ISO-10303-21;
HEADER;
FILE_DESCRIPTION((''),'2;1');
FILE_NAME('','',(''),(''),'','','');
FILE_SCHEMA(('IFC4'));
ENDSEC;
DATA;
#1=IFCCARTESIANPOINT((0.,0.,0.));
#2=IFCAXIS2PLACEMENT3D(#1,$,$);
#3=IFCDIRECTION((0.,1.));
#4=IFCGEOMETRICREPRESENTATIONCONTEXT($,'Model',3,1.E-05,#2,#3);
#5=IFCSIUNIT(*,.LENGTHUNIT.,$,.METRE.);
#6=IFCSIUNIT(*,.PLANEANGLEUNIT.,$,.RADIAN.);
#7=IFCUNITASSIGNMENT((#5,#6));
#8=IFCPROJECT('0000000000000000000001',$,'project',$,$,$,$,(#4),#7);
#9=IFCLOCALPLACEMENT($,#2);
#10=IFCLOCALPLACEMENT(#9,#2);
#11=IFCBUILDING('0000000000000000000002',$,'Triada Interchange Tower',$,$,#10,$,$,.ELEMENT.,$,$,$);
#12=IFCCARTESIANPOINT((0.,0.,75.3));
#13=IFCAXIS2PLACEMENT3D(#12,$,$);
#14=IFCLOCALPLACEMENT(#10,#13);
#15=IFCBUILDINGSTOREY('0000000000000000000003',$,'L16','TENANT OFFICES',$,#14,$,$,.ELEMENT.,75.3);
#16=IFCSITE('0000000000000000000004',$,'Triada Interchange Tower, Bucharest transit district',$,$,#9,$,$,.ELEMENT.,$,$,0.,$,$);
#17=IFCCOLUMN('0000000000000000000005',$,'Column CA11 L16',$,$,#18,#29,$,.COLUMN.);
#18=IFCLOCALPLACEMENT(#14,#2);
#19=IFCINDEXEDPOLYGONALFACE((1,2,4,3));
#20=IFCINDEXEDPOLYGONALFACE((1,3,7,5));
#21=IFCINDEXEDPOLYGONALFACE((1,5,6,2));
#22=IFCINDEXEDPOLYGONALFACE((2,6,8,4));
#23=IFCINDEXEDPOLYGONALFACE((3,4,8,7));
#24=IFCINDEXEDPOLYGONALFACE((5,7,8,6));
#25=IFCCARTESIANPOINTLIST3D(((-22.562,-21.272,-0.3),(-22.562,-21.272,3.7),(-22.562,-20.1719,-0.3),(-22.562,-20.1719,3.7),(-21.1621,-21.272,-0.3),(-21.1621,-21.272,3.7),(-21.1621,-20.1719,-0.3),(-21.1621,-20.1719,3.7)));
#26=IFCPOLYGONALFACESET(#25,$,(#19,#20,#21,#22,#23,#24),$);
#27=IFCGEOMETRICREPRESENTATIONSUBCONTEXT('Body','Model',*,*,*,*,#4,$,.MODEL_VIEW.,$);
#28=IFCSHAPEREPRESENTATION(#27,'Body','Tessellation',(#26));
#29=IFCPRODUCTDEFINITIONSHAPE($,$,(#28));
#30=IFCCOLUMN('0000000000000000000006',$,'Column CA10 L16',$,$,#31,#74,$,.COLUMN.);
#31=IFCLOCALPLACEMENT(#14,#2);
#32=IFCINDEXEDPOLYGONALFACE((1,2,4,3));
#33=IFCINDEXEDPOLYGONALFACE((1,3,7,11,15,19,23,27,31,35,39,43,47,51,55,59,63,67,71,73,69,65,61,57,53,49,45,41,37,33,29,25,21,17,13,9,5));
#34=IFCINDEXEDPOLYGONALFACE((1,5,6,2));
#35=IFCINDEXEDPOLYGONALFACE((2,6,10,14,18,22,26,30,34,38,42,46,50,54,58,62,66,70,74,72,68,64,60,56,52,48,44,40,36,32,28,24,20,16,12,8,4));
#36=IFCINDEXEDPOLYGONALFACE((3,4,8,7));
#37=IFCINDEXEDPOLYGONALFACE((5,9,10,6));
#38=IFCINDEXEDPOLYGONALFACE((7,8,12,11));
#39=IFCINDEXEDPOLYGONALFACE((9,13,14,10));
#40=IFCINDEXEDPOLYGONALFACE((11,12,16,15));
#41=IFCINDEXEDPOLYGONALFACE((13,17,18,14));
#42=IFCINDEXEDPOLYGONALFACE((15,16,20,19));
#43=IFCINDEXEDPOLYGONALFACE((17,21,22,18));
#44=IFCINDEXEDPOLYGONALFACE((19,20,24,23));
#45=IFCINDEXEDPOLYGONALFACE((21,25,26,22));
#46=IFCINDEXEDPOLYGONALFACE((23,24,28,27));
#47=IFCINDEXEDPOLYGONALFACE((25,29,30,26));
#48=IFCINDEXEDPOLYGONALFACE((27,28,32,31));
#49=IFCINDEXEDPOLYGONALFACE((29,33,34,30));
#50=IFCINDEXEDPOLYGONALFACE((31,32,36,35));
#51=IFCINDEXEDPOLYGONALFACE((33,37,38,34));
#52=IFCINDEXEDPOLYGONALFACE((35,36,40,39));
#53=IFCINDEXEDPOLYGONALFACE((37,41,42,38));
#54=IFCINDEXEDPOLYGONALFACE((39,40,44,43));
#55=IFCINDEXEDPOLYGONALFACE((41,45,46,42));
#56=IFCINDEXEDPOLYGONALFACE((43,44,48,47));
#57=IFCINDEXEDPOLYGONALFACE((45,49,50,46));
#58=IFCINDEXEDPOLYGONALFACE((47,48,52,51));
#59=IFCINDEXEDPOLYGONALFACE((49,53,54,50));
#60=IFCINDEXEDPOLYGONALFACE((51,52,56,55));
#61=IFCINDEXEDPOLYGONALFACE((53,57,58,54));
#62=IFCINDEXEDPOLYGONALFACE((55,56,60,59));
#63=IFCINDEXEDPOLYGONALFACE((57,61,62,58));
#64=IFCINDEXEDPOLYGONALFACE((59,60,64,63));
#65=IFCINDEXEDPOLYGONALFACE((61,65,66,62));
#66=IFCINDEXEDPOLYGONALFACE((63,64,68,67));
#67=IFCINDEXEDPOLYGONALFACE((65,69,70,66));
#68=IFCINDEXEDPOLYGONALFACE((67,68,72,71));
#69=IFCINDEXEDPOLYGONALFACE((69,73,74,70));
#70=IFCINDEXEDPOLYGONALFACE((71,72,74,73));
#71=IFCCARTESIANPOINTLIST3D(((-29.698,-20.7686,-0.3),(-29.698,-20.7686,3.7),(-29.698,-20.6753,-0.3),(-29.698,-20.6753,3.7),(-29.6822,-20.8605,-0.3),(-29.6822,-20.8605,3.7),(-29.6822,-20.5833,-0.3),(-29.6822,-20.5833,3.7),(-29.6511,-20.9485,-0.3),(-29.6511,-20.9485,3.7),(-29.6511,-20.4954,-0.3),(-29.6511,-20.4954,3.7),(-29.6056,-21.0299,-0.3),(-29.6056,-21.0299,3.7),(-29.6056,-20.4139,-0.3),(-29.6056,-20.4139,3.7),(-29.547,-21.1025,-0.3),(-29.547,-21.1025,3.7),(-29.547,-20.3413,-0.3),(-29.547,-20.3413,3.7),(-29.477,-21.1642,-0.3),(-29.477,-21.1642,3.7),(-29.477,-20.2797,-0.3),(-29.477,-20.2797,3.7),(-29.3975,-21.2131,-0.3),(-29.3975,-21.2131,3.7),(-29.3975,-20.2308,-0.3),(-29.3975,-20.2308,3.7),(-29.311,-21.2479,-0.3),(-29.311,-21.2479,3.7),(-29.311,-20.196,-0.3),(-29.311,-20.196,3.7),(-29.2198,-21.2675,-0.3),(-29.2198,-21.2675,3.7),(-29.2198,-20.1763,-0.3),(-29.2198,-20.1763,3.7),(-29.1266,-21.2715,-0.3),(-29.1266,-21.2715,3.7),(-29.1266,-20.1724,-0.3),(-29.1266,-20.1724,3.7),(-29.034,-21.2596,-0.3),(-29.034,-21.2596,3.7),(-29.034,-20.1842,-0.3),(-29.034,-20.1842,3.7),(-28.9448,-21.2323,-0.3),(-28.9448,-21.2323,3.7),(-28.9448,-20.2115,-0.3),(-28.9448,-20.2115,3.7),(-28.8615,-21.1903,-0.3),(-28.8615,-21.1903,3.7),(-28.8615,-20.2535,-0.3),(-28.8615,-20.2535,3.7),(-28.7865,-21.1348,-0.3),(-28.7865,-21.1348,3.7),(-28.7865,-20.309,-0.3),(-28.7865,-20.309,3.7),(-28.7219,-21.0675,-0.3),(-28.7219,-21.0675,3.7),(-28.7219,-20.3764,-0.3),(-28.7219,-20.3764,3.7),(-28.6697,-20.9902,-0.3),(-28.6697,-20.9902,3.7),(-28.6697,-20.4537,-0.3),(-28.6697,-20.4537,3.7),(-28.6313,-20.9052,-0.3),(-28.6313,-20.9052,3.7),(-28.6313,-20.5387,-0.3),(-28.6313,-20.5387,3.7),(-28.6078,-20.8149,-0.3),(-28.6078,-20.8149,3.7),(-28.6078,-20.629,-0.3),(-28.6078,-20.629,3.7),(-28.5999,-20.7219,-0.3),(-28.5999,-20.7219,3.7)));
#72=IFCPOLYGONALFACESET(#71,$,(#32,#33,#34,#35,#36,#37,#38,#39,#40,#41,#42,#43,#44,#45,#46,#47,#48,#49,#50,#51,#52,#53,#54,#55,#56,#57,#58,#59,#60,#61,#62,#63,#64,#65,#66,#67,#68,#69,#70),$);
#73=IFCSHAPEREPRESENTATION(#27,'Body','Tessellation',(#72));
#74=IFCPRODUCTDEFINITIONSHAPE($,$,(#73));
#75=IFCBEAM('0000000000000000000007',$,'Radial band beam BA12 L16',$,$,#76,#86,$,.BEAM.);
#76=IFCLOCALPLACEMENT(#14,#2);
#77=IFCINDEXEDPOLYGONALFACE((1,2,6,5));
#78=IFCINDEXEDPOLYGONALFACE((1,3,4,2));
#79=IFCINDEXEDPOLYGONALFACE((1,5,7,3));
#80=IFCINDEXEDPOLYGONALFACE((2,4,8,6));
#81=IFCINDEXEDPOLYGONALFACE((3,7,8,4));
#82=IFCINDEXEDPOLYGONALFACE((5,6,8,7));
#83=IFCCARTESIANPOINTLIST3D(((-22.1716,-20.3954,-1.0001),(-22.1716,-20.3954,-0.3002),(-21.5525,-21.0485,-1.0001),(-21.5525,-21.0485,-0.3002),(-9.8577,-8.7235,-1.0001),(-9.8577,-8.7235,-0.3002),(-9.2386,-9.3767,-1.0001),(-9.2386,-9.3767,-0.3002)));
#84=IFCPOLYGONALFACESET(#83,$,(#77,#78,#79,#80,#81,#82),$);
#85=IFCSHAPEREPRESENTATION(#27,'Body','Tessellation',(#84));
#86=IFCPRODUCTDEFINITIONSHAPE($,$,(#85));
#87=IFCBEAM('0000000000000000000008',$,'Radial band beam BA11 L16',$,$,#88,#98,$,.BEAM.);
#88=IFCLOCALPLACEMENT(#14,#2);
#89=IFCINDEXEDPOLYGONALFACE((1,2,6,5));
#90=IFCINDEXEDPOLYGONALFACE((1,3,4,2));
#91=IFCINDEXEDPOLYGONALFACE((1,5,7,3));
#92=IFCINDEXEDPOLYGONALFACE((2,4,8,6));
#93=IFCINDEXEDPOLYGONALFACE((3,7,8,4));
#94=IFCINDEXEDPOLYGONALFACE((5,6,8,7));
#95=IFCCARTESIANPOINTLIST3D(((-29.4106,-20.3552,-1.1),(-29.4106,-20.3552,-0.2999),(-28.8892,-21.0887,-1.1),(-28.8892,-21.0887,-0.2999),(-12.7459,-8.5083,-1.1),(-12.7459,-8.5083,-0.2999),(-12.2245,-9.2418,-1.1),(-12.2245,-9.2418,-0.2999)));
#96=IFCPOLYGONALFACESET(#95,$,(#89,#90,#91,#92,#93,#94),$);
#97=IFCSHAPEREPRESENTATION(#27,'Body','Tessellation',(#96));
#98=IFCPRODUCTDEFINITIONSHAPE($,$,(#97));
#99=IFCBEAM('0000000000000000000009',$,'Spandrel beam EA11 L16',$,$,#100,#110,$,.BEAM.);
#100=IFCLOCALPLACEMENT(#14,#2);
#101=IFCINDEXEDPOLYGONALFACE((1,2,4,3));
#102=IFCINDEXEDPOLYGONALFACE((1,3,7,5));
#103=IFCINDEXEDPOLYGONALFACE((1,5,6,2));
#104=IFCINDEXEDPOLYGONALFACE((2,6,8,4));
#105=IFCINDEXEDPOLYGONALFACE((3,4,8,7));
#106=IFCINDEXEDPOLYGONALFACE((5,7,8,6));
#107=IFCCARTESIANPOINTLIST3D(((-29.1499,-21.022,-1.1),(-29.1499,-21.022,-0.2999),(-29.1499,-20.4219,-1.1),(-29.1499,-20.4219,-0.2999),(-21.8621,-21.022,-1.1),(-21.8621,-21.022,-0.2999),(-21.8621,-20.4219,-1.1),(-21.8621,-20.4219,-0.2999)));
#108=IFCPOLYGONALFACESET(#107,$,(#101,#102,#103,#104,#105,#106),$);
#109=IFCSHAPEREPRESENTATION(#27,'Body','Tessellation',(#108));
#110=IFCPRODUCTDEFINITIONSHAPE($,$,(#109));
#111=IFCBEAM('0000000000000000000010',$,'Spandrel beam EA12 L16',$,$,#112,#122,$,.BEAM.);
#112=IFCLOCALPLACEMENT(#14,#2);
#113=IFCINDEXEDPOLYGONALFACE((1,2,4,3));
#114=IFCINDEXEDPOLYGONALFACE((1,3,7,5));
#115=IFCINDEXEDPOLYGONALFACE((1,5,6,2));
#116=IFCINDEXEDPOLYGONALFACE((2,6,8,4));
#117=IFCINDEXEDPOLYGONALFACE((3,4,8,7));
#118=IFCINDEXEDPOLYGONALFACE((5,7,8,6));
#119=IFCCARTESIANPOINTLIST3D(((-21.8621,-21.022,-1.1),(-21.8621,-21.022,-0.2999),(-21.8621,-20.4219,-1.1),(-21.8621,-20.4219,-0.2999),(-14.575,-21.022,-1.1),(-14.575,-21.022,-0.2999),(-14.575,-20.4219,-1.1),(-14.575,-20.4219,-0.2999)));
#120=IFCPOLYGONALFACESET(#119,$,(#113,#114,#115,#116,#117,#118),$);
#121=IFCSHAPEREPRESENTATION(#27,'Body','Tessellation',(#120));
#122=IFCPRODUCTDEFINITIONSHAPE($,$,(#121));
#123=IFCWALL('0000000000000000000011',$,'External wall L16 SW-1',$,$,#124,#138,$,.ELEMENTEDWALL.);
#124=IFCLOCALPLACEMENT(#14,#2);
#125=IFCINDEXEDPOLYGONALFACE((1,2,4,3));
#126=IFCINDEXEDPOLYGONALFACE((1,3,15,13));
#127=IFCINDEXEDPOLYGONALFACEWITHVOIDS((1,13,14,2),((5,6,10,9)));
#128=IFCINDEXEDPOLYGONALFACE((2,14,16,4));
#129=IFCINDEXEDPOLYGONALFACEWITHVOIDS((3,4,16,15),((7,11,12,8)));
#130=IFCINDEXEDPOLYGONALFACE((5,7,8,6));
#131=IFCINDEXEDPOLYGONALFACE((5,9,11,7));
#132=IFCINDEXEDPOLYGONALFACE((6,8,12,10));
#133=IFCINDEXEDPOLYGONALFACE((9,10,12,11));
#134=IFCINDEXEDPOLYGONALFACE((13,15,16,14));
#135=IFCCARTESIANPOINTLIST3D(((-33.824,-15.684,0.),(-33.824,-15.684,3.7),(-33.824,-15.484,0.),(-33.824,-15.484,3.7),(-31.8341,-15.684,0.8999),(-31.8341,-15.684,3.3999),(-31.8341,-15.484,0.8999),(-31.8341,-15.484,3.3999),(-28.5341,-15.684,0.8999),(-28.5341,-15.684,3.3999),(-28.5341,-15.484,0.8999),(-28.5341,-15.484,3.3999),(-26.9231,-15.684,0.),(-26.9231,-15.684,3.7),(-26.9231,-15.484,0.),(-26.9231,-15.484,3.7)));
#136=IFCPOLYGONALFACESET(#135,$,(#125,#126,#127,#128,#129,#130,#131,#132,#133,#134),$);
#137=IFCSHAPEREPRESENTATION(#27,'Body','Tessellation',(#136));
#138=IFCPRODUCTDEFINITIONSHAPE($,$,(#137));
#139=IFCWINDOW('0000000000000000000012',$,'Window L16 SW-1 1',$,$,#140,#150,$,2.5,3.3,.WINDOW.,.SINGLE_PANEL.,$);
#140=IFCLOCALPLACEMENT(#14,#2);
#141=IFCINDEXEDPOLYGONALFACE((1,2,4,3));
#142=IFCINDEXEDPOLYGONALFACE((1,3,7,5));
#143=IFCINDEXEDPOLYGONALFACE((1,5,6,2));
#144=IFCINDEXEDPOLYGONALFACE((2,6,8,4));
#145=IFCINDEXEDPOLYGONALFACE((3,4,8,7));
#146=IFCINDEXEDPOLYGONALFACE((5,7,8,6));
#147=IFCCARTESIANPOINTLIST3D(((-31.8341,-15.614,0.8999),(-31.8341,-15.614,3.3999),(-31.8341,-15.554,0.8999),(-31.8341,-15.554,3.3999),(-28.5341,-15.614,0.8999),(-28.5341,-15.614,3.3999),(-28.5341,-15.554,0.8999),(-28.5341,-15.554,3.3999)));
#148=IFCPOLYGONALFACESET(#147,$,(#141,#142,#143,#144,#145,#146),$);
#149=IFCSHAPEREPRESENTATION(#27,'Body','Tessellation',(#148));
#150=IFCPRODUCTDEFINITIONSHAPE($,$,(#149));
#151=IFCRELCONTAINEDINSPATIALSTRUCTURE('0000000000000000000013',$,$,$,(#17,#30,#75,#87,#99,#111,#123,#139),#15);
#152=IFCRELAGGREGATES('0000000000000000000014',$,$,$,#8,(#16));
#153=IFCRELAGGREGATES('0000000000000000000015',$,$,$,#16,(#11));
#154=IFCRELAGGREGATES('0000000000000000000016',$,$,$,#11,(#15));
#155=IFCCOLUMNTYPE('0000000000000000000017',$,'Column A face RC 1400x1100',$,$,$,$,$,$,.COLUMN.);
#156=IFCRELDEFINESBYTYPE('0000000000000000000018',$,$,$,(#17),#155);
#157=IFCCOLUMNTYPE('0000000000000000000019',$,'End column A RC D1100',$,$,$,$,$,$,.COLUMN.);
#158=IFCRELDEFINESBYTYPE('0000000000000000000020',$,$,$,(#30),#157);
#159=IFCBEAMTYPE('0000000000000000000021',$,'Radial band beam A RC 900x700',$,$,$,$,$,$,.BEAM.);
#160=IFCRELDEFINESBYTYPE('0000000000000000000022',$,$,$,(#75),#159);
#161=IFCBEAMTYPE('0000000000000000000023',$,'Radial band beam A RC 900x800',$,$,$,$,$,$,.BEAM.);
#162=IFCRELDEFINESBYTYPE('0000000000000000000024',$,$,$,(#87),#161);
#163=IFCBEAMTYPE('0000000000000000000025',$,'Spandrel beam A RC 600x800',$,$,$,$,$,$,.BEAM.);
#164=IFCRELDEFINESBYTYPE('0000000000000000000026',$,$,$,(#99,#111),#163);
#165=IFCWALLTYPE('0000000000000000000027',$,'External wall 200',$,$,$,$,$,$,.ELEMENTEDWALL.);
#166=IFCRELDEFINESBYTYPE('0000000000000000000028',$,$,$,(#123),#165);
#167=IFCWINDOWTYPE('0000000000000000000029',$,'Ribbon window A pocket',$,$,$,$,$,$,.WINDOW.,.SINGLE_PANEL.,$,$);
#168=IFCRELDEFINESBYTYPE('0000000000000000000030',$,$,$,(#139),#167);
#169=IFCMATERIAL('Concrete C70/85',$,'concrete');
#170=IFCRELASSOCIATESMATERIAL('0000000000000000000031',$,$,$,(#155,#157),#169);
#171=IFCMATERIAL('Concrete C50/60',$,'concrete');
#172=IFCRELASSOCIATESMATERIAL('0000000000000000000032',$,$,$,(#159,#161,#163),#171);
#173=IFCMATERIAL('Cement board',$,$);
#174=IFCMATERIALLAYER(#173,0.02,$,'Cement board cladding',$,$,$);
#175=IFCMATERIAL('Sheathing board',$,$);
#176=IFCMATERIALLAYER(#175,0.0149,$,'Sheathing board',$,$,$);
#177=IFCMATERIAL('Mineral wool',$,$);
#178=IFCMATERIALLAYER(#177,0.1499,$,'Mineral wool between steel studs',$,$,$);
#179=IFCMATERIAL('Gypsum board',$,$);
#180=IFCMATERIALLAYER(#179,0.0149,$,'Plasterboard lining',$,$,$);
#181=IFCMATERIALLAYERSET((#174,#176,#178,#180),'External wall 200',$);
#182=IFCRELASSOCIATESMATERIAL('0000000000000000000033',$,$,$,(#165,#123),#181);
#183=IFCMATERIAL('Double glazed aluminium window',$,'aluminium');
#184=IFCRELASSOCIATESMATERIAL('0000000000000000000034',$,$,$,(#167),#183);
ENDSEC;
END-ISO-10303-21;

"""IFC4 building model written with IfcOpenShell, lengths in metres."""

from ifc_helpers import new_model, si_unit, direction, frame, frame_2d, origin, origin_2d, place, context, subcontext, project, spatial, rectangle, circle, extrude, material, layer, layer_set, layer_usage, material_profile, profile_set, type_object, element, fill, save


model = new_model("IFC4")

# Units and contexts
model_context = context("Model", 3, precision=1e-05, world=origin(), true_north=direction((0.0, 1.0)))
body_context = subcontext(model_context, "Body", "Model", "MODEL_VIEW")
ifc_project = project(units=[si_unit("LENGTHUNIT", "METRE"), si_unit("PLANEANGLEUNIT", "RADIAN")], contexts=[model_context])

# Site, building, storey
site_placement = place(None, origin())
site = spatial("IfcSite", under=ifc_project, at=site_placement, Name="Triada Interchange Tower, Bucharest transit district", CompositionType="ELEMENT", RefElevation=0.0)
building_placement = place(site_placement, origin())
building = spatial("IfcBuilding", under=site, at=building_placement, Name="Triada Interchange Tower", CompositionType="ELEMENT")
storey_placement = place(building_placement, frame((0.0, 0.0, 75.3)))
storey = spatial("IfcBuildingStorey", under=building, at=storey_placement, Name="L16", Description="TENANT OFFICES", CompositionType="ELEMENT", Elevation=75.3)

# Columns
ifc_material_1 = material(Name="Concrete C70/85", Category="concrete")
ifc_material_profile_1 = material_profile(ifc_material_1, rectangle(XDim=1.3999, YDim=1.1001, at=origin_2d()), Name="RC 1400x1100")
ifc_profile_set_1 = profile_set([ifc_material_profile_1], Name="Concrete C70/85")
column_type_1 = type_object("IfcColumnType", Name="Column A face RC 1400x1100", PredefinedType="COLUMN", material=ifc_profile_set_1)
column_1_placement = place(storey_placement, frame((-21.8621, -20.7219, -0.3), z_axis=(0.0, 0.0, 1.0), x_axis=(1.0, 0.0, 0.0)))
element("IfcColumn", 1, at=column_1_placement, inside=storey, type_object=column_type_1, Name="Column CA11 L16", PredefinedType="COLUMN", context=body_context, shape_type="SweptSolid", body=[
    extrude(rectangle(XDim=1.3999, YDim=1.1001, at=origin_2d()), origin(), (0.0, 0.0, 1.0), 4.0),
])
ifc_material_profile_2 = material_profile(ifc_material_1, circle(Radius=0.55, at=origin_2d()), Name="RC D1100")
ifc_profile_set_2 = profile_set([ifc_material_profile_2], Name="Concrete C70/85")
column_type_2 = type_object("IfcColumnType", Name="End column A RC D1100", PredefinedType="COLUMN", material=ifc_profile_set_2)
column_2_placement = place(storey_placement, frame((-29.1499, -20.7219, -0.3), z_axis=(0.0, 0.0, 1.0), x_axis=(1.0, 0.0, 0.0)))
element("IfcColumn", 2, at=column_2_placement, inside=storey, type_object=column_type_2, Name="Column CA10 L16", PredefinedType="COLUMN", context=body_context, shape_type="SweptSolid", body=[
    extrude(circle(Radius=0.55, at=origin_2d()), origin(), (0.0, 0.0, 1.0), 4.0),
])

# Beams
ifc_material_2 = material(Name="Concrete C50/60", Category="concrete")
ifc_material_profile_3 = material_profile(ifc_material_2, rectangle(XDim=0.8999, YDim=0.7, at=origin_2d()), Name="RC 900x700")
ifc_profile_set_3 = profile_set([ifc_material_profile_3], Name="Concrete C50/60")
beam_type_1 = type_object("IfcBeamType", Name="Radial band beam A RC 900x700", PredefinedType="BEAM", material=ifc_profile_set_3)
beam_1_placement = place(storey_placement, frame((-21.8621, -20.7219, -0.6501), z_axis=(0.725776, 0.687931, 0.0), x_axis=(-0.687931, 0.725776, 0.0)))
element("IfcBeam", 3, at=beam_1_placement, inside=storey, type_object=beam_type_1, Name="Radial band beam BA12 L16", PredefinedType="BEAM", context=body_context, shape_type="SweptSolid", body=[
    extrude(rectangle(XDim=0.8999, YDim=0.7, at=origin_2d()), origin(), (0.0, 0.0, 1.0), 16.9666),
])
ifc_material_profile_4 = material_profile(ifc_material_2, rectangle(XDim=0.8999, YDim=0.8, at=origin_2d()), Name="RC 900x800")
ifc_profile_set_4 = profile_set([ifc_material_profile_4], Name="Concrete C50/60")
beam_type_2 = type_object("IfcBeamType", Name="Radial band beam A RC 900x800", PredefinedType="BEAM", material=ifc_profile_set_4)
beam_2_placement = place(storey_placement, frame((-29.1499, -20.7219, -0.7), z_axis=(0.815038, 0.579407, 0.0), x_axis=(-0.579407, 0.815038, 0.0)))
element("IfcBeam", 4, at=beam_2_placement, inside=storey, type_object=beam_type_2, Name="Radial band beam BA11 L16", PredefinedType="BEAM", context=body_context, shape_type="SweptSolid", body=[
    extrude(rectangle(XDim=0.8999, YDim=0.8, at=origin_2d()), origin(), (0.0, 0.0, 1.0), 20.4465),
])
ifc_material_profile_5 = material_profile(ifc_material_2, rectangle(XDim=0.6001, YDim=0.8, at=origin_2d()), Name="RC 600x800")
ifc_profile_set_5 = profile_set([ifc_material_profile_5], Name="Concrete C50/60")
beam_type_3 = type_object("IfcBeamType", Name="Spandrel beam A RC 600x800", PredefinedType="BEAM", material=ifc_profile_set_5)
beam_3_placement = place(storey_placement, frame((-29.1499, -20.7219, -0.7), z_axis=(1.0, 0.0, 0.0), x_axis=(0.0, 1.0, 0.0)))
element("IfcBeam", 5, at=beam_3_placement, inside=storey, type_object=beam_type_3, Name="Spandrel beam EA11 L16", PredefinedType="BEAM", context=body_context, shape_type="SweptSolid", body=[
    extrude(rectangle(XDim=0.6001, YDim=0.8, at=origin_2d()), origin(), (0.0, 0.0, 1.0), 7.2878),
])
beam_4_placement = place(storey_placement, frame((-21.8621, -20.7219, -0.7), z_axis=(1.0, 0.0, 0.0), x_axis=(0.0, 1.0, 0.0)))
element("IfcBeam", 6, at=beam_4_placement, inside=storey, type_object=beam_type_3, Name="Spandrel beam EA12 L16", PredefinedType="BEAM", context=body_context, shape_type="SweptSolid", body=[
    extrude(rectangle(XDim=0.6001, YDim=0.8, at=origin_2d()), origin(), (0.0, 0.0, 1.0), 7.2871),
])

# Wall, opening, window
ifc_material_3 = material(Name="Cement board")
ifc_layer_1 = layer(ifc_material_3, 0.02, Name="Cement board cladding")
ifc_material_4 = material(Name="Sheathing board")
ifc_layer_2 = layer(ifc_material_4, 0.0149, Name="Sheathing board")
ifc_material_5 = material(Name="Mineral wool")
ifc_layer_3 = layer(ifc_material_5, 0.1499, Name="Mineral wool between steel studs")
ifc_material_6 = material(Name="Gypsum board")
ifc_layer_4 = layer(ifc_material_6, 0.0149, Name="Plasterboard lining")
ifc_layer_set_1 = layer_set([ifc_layer_1, ifc_layer_2, ifc_layer_3, ifc_layer_4], Name="External wall 200")
ifc_layer_usage = layer_usage(ifc_layer_set_1, "AXIS2", "POSITIVE", -0.1001)
wall_type_1 = type_object("IfcWallType", Name="External wall 200", PredefinedType="ELEMENTEDWALL", material=ifc_layer_set_1)
wall_1_placement = place(storey_placement, frame((-33.824, -15.584, 0.0), z_axis=(0.0, 0.0, 1.0), x_axis=(1.0, 0.0, 0.0)))
wall_1 = element("IfcWall", 7, at=wall_1_placement, inside=storey, type_object=wall_type_1, material=ifc_layer_usage, Name="External wall L16 SW-1", PredefinedType="ELEMENTEDWALL", context=body_context, shape_type="SweptSolid", body=[
    extrude(rectangle(XDim=6.9009, YDim=0.2, at=frame_2d((3.4504, 0.0))), origin(), (0.0, 0.0, 1.0), 3.7),
])
opening_1_placement = place(wall_1_placement, frame((1.99, 0.0, 0.8999)))
opening_1 = element("IfcOpeningElement", 8, at=opening_1_placement, cuts=wall_1, PredefinedType="OPENING", context=body_context, shape_type="SweptSolid", body=[
    extrude(rectangle(XDim=3.3, YDim=2.5, at=frame_2d((1.6499, 1.25))), frame((0.0, 0.1099, 0.0), z_axis=(0.0, -1.0, 0.0), x_axis=(1.0, 0.0, 0.0)), (0.0, 0.0, 1.0), 0.22),
])
ifc_material_7 = material(Name="Double glazed aluminium window", Category="aluminium")
window_type_1 = type_object("IfcWindowType", Name="Ribbon window A pocket", PartitioningType="SINGLE_PANEL", PredefinedType="WINDOW", material=ifc_material_7)
window_1_placement = place(opening_1_placement, origin())
window_1 = element("IfcWindow", 9, at=window_1_placement, inside=storey, type_object=window_type_1, Name="Window L16 SW-1 1", OverallHeight=2.5, OverallWidth=3.3, PartitioningType="SINGLE_PANEL", PredefinedType="WINDOW", context=body_context, shape_type="SweptSolid", body=[
    extrude(rectangle(XDim=3.3, YDim=2.5, at=frame_2d((1.6499, 1.25))), frame((0.0, 0.03, 0.0), z_axis=(0.0, -1.0, 0.0), x_axis=(1.0, 0.0, 0.0)), (0.0, 0.0, 1.0), 0.0601),
])
fill(opening_1, window_1)

save(model, "model.ifc")
